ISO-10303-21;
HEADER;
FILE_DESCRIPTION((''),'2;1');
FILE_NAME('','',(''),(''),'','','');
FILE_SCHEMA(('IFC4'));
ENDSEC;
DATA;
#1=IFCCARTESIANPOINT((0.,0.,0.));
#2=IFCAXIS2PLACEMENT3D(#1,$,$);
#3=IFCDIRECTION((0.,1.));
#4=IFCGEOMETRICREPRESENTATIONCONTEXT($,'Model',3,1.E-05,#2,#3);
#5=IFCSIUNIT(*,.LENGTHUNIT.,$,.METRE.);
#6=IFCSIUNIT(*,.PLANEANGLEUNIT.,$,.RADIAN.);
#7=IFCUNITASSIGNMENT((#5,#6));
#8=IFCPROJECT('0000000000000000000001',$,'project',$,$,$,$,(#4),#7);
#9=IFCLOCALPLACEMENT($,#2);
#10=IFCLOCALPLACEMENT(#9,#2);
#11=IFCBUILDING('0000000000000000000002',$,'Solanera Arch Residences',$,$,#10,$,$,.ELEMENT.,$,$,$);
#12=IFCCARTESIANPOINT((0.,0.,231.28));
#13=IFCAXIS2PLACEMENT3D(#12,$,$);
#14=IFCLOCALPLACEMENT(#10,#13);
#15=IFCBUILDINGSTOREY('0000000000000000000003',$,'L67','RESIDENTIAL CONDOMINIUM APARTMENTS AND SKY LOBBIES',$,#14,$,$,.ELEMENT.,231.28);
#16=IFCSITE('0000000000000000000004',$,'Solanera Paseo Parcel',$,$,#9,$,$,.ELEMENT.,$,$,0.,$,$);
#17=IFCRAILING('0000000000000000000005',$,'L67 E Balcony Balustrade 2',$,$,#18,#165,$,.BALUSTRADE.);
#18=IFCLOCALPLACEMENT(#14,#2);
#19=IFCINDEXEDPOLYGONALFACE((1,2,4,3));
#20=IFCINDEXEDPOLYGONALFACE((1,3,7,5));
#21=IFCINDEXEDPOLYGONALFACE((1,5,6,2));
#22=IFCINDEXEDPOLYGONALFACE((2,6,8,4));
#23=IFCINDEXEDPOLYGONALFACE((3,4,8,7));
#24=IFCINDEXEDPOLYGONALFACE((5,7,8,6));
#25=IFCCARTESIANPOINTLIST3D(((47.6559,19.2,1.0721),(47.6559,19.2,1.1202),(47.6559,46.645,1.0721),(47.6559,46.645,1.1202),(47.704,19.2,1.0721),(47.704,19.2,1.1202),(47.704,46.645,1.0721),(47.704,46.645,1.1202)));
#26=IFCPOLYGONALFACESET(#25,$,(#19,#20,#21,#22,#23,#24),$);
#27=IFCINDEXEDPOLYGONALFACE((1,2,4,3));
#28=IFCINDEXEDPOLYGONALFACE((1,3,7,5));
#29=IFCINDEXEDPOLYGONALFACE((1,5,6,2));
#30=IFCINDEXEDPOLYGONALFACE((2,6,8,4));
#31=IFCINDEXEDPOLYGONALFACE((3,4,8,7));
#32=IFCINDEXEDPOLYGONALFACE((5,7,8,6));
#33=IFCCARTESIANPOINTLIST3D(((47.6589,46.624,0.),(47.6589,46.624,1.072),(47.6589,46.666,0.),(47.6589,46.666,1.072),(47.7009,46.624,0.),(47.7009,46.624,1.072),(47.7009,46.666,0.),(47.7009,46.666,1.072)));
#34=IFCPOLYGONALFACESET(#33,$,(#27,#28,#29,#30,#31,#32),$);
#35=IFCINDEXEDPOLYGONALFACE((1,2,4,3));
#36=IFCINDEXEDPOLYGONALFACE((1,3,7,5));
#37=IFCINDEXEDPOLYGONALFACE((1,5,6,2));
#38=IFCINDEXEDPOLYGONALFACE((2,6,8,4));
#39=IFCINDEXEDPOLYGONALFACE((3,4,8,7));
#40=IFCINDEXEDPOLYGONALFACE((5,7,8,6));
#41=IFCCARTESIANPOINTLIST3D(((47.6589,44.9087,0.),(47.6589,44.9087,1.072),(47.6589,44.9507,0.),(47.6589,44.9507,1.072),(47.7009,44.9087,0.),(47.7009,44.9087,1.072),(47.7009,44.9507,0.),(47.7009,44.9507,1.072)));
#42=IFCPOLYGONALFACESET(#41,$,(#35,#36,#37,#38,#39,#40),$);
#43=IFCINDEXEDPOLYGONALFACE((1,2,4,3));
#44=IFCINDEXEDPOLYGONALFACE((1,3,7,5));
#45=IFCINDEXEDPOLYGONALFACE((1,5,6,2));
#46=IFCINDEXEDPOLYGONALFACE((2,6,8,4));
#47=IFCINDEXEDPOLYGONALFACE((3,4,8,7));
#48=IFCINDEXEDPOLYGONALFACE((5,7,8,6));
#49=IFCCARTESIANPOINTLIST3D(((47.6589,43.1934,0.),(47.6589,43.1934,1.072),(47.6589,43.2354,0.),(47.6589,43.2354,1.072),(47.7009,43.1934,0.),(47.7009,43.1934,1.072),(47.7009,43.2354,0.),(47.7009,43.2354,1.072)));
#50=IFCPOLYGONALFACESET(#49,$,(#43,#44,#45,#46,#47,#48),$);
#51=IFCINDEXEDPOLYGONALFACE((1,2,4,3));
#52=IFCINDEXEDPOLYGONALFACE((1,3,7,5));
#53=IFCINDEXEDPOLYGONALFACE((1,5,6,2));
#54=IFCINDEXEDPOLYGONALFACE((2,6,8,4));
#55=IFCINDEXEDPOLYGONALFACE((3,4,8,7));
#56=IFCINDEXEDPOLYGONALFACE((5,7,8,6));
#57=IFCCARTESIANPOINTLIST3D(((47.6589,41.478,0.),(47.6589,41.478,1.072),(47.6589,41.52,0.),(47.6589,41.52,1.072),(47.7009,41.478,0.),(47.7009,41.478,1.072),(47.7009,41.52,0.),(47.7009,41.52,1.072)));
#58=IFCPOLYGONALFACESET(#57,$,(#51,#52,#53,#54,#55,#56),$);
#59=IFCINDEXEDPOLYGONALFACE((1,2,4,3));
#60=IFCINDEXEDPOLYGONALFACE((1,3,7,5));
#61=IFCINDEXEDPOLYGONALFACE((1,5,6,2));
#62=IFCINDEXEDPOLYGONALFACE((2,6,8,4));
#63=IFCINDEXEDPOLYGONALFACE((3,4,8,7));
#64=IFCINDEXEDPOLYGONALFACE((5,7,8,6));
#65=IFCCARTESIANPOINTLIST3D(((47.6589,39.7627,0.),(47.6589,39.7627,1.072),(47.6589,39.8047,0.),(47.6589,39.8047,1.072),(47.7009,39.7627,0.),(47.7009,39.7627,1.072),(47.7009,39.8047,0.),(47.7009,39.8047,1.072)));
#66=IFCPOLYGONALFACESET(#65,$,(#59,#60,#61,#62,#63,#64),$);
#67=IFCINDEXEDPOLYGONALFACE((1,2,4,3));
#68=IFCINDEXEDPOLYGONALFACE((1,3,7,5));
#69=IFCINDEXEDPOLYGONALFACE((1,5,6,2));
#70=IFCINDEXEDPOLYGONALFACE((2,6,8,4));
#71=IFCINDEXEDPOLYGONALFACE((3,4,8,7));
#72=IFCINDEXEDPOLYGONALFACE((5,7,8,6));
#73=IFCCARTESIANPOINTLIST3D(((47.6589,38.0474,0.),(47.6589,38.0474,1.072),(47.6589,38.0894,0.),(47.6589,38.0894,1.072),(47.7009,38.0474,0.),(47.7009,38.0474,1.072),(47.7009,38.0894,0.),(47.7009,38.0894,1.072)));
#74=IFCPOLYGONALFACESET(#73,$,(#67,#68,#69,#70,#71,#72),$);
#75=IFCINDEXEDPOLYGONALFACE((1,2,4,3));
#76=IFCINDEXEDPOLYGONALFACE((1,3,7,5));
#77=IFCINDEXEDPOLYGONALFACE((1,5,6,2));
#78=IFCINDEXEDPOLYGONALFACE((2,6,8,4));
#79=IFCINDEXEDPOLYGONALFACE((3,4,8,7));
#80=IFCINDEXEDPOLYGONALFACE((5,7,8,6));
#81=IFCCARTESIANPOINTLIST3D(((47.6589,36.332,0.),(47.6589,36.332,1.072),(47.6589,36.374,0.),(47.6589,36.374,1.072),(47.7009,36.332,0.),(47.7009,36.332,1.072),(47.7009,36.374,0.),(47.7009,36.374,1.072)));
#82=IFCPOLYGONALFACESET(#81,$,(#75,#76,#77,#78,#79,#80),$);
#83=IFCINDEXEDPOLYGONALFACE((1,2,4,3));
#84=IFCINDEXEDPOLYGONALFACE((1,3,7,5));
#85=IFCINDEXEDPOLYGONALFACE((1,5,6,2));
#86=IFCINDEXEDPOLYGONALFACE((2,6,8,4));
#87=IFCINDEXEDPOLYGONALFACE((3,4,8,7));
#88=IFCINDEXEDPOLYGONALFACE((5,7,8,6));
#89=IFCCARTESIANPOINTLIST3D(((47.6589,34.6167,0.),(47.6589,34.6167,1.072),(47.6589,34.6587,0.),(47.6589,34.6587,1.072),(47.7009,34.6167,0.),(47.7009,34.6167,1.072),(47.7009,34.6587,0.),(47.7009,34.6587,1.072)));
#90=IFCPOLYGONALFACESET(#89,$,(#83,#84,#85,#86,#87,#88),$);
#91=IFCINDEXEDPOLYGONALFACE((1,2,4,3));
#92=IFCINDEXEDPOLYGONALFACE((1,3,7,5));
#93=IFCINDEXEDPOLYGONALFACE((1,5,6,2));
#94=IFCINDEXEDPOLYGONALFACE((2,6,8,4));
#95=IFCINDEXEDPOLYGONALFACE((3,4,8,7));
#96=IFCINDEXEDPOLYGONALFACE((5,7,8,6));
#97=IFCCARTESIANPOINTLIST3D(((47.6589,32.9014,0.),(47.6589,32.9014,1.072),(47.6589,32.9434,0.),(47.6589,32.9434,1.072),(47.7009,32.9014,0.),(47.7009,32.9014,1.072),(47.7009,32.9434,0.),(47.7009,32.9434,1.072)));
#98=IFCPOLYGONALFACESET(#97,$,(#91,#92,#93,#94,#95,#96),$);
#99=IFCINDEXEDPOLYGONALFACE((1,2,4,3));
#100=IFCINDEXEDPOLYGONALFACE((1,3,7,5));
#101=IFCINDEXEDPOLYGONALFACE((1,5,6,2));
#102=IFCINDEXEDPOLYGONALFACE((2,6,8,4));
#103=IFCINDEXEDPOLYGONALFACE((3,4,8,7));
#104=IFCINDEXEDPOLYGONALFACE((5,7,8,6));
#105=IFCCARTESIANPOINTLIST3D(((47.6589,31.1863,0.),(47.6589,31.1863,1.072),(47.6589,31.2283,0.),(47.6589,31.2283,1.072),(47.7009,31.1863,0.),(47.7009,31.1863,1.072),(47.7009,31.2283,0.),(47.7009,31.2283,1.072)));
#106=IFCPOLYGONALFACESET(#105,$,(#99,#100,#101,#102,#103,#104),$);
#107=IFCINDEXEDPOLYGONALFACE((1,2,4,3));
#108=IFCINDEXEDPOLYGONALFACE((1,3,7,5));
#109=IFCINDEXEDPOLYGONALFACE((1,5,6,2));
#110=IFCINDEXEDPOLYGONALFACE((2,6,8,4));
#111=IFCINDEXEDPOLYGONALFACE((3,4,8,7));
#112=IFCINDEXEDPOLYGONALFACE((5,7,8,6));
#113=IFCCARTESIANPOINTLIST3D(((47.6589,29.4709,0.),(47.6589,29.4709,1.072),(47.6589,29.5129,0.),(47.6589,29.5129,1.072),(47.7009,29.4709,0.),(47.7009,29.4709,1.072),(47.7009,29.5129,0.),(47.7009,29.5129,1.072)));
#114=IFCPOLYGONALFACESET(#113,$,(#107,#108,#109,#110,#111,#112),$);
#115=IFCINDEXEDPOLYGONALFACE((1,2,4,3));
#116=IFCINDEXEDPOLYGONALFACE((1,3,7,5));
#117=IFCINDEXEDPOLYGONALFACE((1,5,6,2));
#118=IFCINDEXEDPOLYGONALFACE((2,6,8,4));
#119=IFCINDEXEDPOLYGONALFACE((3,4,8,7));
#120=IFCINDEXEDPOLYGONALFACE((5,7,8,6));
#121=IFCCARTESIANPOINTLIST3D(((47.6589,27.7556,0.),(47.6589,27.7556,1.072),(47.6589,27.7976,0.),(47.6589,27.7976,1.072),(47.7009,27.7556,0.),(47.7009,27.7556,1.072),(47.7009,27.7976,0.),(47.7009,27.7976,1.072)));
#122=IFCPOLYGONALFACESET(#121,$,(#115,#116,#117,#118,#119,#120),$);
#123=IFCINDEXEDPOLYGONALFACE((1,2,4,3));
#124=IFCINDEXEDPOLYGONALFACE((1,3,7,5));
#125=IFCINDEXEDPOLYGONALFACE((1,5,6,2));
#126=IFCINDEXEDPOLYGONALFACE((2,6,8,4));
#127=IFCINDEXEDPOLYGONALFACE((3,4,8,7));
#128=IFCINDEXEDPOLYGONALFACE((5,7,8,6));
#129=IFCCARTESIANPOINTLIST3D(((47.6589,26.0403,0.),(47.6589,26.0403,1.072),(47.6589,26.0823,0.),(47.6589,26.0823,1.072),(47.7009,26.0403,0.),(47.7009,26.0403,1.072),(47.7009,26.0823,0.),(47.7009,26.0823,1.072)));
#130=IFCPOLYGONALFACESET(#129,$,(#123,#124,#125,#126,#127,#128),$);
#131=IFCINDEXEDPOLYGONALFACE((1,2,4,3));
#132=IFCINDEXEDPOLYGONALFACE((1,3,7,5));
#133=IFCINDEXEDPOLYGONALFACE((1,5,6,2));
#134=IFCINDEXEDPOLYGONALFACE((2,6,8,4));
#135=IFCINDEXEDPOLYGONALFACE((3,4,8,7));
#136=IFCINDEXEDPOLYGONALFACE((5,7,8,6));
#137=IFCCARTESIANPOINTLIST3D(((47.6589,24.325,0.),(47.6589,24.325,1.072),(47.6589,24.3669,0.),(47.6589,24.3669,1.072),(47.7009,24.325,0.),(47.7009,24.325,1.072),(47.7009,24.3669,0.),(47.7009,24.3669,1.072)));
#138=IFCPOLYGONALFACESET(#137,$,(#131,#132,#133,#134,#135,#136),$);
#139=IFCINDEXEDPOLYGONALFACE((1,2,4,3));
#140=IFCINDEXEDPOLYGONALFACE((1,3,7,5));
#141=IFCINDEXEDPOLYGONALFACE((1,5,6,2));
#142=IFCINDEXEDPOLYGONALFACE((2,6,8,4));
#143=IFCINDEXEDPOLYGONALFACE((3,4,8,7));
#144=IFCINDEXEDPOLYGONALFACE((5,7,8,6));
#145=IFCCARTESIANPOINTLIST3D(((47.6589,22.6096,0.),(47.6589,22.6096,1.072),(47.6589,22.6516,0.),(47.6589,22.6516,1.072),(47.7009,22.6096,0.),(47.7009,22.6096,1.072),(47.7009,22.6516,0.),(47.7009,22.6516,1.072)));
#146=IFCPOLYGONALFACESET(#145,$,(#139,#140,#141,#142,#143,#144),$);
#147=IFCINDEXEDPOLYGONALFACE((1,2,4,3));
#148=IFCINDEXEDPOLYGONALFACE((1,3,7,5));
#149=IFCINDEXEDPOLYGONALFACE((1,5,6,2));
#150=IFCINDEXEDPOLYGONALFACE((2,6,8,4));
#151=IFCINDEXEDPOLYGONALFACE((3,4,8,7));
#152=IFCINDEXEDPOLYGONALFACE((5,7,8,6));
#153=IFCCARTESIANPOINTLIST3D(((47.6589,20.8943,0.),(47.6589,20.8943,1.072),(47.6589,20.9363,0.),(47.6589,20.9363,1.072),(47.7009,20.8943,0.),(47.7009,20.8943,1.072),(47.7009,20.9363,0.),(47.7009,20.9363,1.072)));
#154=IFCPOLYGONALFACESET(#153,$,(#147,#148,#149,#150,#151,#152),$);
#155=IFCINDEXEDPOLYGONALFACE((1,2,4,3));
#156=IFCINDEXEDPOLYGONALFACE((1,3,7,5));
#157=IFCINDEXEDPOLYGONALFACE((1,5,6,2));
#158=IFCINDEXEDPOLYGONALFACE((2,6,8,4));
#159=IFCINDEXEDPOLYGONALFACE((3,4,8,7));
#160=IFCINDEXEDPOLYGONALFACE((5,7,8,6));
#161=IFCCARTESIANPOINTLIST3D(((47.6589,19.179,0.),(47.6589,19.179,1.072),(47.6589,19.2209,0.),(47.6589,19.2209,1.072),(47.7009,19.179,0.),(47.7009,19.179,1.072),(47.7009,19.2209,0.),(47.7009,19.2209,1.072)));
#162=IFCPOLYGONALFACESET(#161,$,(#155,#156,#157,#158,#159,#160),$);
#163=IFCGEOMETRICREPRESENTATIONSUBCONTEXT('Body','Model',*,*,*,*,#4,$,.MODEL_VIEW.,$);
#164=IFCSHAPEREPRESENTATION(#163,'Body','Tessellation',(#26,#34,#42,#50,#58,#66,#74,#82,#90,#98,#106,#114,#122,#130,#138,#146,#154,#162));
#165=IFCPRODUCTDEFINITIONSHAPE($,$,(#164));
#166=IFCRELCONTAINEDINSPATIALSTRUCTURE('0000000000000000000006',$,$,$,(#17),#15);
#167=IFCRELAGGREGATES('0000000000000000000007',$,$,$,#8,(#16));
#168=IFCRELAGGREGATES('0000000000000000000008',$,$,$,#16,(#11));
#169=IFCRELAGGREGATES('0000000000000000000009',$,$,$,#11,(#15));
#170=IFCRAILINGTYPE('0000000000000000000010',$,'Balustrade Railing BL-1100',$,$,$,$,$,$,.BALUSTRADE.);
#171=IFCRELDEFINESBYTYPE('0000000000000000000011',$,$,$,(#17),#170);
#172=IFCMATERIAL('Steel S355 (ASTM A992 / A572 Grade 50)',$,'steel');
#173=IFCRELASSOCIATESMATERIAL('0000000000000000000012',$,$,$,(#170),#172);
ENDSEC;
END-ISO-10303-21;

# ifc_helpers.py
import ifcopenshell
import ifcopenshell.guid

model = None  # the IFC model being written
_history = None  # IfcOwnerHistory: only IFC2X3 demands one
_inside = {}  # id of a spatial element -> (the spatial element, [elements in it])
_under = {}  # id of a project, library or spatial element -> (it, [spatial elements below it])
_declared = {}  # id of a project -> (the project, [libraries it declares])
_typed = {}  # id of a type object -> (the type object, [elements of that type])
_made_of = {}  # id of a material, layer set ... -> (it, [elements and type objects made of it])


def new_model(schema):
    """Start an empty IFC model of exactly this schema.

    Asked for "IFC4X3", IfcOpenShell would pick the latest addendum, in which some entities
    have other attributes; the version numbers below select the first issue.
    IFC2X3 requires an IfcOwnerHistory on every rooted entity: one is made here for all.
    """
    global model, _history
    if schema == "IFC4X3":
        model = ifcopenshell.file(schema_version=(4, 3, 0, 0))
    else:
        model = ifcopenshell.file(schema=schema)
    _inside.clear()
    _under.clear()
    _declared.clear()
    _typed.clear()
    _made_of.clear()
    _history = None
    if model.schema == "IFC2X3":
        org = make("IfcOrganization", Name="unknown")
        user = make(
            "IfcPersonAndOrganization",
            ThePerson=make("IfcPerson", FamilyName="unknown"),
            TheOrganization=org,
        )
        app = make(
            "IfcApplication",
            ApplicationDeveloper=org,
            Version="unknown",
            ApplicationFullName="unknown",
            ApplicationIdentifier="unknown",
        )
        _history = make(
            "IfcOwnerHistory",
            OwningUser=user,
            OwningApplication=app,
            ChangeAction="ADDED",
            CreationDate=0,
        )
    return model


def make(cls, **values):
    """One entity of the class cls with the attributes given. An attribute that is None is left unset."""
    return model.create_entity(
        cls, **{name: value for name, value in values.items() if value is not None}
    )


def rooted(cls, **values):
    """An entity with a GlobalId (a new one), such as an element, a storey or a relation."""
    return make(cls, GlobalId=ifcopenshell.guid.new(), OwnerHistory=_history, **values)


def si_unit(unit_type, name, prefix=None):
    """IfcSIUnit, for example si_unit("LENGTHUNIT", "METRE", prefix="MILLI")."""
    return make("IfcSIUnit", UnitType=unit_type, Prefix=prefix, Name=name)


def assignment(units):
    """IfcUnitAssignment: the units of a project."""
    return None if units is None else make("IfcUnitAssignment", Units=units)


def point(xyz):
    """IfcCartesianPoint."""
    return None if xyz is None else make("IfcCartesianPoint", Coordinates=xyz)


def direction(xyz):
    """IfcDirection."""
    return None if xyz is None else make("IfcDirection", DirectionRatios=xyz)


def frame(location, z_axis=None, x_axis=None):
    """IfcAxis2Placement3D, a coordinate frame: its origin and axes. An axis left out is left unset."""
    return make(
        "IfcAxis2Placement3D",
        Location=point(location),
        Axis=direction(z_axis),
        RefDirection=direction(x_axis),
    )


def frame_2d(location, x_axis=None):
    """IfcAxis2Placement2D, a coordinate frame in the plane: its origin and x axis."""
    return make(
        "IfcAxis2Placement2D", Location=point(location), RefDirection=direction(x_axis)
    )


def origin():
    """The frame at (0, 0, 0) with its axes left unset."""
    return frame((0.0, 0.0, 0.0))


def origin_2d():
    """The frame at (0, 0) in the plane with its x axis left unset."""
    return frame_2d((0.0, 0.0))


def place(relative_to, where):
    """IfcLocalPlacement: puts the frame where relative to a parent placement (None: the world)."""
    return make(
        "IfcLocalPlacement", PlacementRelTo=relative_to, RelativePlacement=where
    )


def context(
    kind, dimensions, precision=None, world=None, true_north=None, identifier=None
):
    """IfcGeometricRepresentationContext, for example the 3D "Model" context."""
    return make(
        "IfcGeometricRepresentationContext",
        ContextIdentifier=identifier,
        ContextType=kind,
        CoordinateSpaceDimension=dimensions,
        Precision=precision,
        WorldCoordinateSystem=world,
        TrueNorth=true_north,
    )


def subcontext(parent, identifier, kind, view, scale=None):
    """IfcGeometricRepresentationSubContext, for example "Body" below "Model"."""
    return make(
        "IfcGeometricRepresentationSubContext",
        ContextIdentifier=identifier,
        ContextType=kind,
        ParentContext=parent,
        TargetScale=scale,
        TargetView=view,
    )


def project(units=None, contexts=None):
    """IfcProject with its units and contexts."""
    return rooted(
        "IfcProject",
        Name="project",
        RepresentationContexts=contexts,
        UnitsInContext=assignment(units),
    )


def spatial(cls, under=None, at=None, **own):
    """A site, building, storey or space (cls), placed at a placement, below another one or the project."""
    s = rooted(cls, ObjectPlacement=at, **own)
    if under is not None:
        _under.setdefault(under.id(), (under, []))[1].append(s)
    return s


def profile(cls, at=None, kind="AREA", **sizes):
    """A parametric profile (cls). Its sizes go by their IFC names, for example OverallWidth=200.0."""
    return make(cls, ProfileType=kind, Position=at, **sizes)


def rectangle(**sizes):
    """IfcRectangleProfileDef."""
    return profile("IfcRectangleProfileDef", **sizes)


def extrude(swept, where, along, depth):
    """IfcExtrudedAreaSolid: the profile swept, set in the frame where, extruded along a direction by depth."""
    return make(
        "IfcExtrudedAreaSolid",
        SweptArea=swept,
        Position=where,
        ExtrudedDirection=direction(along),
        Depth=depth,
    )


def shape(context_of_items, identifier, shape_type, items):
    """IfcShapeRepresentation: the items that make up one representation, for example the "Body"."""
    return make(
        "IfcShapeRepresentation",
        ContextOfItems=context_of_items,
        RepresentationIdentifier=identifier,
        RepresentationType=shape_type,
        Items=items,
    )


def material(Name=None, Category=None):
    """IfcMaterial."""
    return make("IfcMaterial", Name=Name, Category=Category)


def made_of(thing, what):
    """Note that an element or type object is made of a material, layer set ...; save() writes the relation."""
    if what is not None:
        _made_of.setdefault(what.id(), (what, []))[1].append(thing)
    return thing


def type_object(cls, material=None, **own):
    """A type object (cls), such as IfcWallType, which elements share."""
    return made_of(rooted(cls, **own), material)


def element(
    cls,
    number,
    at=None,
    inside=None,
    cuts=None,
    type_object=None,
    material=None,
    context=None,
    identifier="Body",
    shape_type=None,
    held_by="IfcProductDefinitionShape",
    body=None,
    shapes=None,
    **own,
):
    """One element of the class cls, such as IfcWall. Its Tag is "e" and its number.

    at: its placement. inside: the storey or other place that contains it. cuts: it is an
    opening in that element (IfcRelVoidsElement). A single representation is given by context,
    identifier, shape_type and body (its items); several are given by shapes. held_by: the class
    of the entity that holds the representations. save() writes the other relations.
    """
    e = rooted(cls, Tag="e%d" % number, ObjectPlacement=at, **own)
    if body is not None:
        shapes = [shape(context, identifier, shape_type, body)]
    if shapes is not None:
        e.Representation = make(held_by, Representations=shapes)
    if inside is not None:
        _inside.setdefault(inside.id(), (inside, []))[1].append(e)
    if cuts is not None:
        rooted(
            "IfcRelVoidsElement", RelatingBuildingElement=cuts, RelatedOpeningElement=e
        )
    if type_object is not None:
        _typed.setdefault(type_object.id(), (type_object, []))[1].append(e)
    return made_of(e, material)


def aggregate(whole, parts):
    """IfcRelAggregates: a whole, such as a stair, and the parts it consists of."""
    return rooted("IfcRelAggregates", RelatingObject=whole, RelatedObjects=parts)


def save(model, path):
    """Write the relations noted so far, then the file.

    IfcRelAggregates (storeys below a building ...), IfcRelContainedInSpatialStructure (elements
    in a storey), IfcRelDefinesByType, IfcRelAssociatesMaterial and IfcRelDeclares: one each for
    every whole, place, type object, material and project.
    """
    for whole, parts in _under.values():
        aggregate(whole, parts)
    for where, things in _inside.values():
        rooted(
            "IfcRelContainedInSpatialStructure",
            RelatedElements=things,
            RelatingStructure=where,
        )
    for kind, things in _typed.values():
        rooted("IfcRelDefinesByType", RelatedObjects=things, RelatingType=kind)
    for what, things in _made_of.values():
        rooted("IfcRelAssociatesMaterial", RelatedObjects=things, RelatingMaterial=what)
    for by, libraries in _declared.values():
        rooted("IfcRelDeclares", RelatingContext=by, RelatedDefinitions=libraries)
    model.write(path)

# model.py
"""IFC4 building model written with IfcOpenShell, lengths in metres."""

from ifc_helpers import new_model, si_unit, direction, frame, origin, origin_2d, place, context, subcontext, project, spatial, rectangle, extrude, material, type_object, element, save


model = new_model("IFC4")

# Units and contexts
model_context = context("Model", 3, precision=1e-05, world=origin(), true_north=direction((0.0, 1.0)))
body_context = subcontext(model_context, "Body", "Model", "MODEL_VIEW")
ifc_project = project(units=[si_unit("LENGTHUNIT", "METRE"), si_unit("PLANEANGLEUNIT", "RADIAN")], contexts=[model_context])

# Site, building, storey
site_placement = place(None, origin())
site = spatial("IfcSite", under=ifc_project, at=site_placement, Name="Solanera Paseo Parcel", CompositionType="ELEMENT", RefElevation=0.0)
building_placement = place(site_placement, origin())
building = spatial("IfcBuilding", under=site, at=building_placement, Name="Solanera Arch Residences", CompositionType="ELEMENT")
storey_placement = place(building_placement, frame((0.0, 0.0, 231.28)))
storey = spatial("IfcBuildingStorey", under=building, at=storey_placement, Name="L67", Description="RESIDENTIAL CONDOMINIUM APARTMENTS AND SKY LOBBIES", CompositionType="ELEMENT", Elevation=231.28)

# Railing
ifc_material_1 = material(Name="Steel S355 (ASTM A992 / A572 Grade 50)", Category="steel")
railing_type = type_object("IfcRailingType", Name="Balustrade Railing BL-1100", PredefinedType="BALUSTRADE", material=ifc_material_1)
railing_1_placement = place(storey_placement, frame((47.6799, 46.645, 0.0)))
element("IfcRailing", 1, at=railing_1_placement, inside=storey, type_object=railing_type, Name="L67 E Balcony Balustrade 2", PredefinedType="BALUSTRADE", context=body_context, shape_type="SweptSolid", body=[
    extrude(rectangle(XDim=0.0481, YDim=0.0481, at=origin_2d()), frame((0.0, 0.0, 1.0962), z_axis=(0.0, -1.0, 0.0), x_axis=(1.0, 0.0, 0.0)), (0.0, 0.0, 1.0), 27.4451),
    extrude(rectangle(XDim=0.042, YDim=0.042, at=origin_2d()), origin(), (0.0, 0.0, 1.0), 1.072),
    extrude(rectangle(XDim=0.042, YDim=0.042, at=origin_2d()), frame((0.0, -1.7153, 0.0)), (0.0, 0.0, 1.0), 1.072),
    extrude(rectangle(XDim=0.042, YDim=0.042, at=origin_2d()), frame((0.0, -3.4307, 0.0)), (0.0, 0.0, 1.0), 1.072),
    extrude(rectangle(XDim=0.042, YDim=0.042, at=origin_2d()), frame((0.0, -5.146, 0.0)), (0.0, 0.0, 1.0), 1.072),
    extrude(rectangle(XDim=0.042, YDim=0.042, at=origin_2d()), frame((0.0, -6.8613, 0.0)), (0.0, 0.0, 1.0), 1.072),
    extrude(rectangle(XDim=0.042, YDim=0.042, at=origin_2d()), frame((0.0, -8.5767, 0.0)), (0.0, 0.0, 1.0), 1.072),
    extrude(rectangle(XDim=0.042, YDim=0.042, at=origin_2d()), frame((0.0, -10.292, 0.0)), (0.0, 0.0, 1.0), 1.072),
    extrude(rectangle(XDim=0.042, YDim=0.042, at=origin_2d()), frame((0.0, -12.0073, 0.0)), (0.0, 0.0, 1.0), 1.072),
    extrude(rectangle(XDim=0.042, YDim=0.042, at=origin_2d()), frame((0.0, -13.7227, 0.0)), (0.0, 0.0, 1.0), 1.072),
    extrude(rectangle(XDim=0.042, YDim=0.042, at=origin_2d()), frame((0.0, -15.4377, 0.0)), (0.0, 0.0, 1.0), 1.072),
    extrude(rectangle(XDim=0.042, YDim=0.042, at=origin_2d()), frame((0.0, -17.1531, 0.0)), (0.0, 0.0, 1.0), 1.072),
    extrude(rectangle(XDim=0.042, YDim=0.042, at=origin_2d()), frame((0.0, -18.8684, 0.0)), (0.0, 0.0, 1.0), 1.072),
    extrude(rectangle(XDim=0.042, YDim=0.042, at=origin_2d()), frame((0.0, -20.5837, 0.0)), (0.0, 0.0, 1.0), 1.072),
    extrude(rectangle(XDim=0.042, YDim=0.042, at=origin_2d()), frame((0.0, -22.2991, 0.0)), (0.0, 0.0, 1.0), 1.072),
    extrude(rectangle(XDim=0.042, YDim=0.042, at=origin_2d()), frame((0.0, -24.0144, 0.0)), (0.0, 0.0, 1.0), 1.072),
    extrude(rectangle(XDim=0.042, YDim=0.042, at=origin_2d()), frame((0.0, -25.7297, 0.0)), (0.0, 0.0, 1.0), 1.072),
    extrude(rectangle(XDim=0.042, YDim=0.042, at=origin_2d()), frame((0.0, -27.4451, 0.0)), (0.0, 0.0, 1.0), 1.072),
])

save(model, "model.ifc")
